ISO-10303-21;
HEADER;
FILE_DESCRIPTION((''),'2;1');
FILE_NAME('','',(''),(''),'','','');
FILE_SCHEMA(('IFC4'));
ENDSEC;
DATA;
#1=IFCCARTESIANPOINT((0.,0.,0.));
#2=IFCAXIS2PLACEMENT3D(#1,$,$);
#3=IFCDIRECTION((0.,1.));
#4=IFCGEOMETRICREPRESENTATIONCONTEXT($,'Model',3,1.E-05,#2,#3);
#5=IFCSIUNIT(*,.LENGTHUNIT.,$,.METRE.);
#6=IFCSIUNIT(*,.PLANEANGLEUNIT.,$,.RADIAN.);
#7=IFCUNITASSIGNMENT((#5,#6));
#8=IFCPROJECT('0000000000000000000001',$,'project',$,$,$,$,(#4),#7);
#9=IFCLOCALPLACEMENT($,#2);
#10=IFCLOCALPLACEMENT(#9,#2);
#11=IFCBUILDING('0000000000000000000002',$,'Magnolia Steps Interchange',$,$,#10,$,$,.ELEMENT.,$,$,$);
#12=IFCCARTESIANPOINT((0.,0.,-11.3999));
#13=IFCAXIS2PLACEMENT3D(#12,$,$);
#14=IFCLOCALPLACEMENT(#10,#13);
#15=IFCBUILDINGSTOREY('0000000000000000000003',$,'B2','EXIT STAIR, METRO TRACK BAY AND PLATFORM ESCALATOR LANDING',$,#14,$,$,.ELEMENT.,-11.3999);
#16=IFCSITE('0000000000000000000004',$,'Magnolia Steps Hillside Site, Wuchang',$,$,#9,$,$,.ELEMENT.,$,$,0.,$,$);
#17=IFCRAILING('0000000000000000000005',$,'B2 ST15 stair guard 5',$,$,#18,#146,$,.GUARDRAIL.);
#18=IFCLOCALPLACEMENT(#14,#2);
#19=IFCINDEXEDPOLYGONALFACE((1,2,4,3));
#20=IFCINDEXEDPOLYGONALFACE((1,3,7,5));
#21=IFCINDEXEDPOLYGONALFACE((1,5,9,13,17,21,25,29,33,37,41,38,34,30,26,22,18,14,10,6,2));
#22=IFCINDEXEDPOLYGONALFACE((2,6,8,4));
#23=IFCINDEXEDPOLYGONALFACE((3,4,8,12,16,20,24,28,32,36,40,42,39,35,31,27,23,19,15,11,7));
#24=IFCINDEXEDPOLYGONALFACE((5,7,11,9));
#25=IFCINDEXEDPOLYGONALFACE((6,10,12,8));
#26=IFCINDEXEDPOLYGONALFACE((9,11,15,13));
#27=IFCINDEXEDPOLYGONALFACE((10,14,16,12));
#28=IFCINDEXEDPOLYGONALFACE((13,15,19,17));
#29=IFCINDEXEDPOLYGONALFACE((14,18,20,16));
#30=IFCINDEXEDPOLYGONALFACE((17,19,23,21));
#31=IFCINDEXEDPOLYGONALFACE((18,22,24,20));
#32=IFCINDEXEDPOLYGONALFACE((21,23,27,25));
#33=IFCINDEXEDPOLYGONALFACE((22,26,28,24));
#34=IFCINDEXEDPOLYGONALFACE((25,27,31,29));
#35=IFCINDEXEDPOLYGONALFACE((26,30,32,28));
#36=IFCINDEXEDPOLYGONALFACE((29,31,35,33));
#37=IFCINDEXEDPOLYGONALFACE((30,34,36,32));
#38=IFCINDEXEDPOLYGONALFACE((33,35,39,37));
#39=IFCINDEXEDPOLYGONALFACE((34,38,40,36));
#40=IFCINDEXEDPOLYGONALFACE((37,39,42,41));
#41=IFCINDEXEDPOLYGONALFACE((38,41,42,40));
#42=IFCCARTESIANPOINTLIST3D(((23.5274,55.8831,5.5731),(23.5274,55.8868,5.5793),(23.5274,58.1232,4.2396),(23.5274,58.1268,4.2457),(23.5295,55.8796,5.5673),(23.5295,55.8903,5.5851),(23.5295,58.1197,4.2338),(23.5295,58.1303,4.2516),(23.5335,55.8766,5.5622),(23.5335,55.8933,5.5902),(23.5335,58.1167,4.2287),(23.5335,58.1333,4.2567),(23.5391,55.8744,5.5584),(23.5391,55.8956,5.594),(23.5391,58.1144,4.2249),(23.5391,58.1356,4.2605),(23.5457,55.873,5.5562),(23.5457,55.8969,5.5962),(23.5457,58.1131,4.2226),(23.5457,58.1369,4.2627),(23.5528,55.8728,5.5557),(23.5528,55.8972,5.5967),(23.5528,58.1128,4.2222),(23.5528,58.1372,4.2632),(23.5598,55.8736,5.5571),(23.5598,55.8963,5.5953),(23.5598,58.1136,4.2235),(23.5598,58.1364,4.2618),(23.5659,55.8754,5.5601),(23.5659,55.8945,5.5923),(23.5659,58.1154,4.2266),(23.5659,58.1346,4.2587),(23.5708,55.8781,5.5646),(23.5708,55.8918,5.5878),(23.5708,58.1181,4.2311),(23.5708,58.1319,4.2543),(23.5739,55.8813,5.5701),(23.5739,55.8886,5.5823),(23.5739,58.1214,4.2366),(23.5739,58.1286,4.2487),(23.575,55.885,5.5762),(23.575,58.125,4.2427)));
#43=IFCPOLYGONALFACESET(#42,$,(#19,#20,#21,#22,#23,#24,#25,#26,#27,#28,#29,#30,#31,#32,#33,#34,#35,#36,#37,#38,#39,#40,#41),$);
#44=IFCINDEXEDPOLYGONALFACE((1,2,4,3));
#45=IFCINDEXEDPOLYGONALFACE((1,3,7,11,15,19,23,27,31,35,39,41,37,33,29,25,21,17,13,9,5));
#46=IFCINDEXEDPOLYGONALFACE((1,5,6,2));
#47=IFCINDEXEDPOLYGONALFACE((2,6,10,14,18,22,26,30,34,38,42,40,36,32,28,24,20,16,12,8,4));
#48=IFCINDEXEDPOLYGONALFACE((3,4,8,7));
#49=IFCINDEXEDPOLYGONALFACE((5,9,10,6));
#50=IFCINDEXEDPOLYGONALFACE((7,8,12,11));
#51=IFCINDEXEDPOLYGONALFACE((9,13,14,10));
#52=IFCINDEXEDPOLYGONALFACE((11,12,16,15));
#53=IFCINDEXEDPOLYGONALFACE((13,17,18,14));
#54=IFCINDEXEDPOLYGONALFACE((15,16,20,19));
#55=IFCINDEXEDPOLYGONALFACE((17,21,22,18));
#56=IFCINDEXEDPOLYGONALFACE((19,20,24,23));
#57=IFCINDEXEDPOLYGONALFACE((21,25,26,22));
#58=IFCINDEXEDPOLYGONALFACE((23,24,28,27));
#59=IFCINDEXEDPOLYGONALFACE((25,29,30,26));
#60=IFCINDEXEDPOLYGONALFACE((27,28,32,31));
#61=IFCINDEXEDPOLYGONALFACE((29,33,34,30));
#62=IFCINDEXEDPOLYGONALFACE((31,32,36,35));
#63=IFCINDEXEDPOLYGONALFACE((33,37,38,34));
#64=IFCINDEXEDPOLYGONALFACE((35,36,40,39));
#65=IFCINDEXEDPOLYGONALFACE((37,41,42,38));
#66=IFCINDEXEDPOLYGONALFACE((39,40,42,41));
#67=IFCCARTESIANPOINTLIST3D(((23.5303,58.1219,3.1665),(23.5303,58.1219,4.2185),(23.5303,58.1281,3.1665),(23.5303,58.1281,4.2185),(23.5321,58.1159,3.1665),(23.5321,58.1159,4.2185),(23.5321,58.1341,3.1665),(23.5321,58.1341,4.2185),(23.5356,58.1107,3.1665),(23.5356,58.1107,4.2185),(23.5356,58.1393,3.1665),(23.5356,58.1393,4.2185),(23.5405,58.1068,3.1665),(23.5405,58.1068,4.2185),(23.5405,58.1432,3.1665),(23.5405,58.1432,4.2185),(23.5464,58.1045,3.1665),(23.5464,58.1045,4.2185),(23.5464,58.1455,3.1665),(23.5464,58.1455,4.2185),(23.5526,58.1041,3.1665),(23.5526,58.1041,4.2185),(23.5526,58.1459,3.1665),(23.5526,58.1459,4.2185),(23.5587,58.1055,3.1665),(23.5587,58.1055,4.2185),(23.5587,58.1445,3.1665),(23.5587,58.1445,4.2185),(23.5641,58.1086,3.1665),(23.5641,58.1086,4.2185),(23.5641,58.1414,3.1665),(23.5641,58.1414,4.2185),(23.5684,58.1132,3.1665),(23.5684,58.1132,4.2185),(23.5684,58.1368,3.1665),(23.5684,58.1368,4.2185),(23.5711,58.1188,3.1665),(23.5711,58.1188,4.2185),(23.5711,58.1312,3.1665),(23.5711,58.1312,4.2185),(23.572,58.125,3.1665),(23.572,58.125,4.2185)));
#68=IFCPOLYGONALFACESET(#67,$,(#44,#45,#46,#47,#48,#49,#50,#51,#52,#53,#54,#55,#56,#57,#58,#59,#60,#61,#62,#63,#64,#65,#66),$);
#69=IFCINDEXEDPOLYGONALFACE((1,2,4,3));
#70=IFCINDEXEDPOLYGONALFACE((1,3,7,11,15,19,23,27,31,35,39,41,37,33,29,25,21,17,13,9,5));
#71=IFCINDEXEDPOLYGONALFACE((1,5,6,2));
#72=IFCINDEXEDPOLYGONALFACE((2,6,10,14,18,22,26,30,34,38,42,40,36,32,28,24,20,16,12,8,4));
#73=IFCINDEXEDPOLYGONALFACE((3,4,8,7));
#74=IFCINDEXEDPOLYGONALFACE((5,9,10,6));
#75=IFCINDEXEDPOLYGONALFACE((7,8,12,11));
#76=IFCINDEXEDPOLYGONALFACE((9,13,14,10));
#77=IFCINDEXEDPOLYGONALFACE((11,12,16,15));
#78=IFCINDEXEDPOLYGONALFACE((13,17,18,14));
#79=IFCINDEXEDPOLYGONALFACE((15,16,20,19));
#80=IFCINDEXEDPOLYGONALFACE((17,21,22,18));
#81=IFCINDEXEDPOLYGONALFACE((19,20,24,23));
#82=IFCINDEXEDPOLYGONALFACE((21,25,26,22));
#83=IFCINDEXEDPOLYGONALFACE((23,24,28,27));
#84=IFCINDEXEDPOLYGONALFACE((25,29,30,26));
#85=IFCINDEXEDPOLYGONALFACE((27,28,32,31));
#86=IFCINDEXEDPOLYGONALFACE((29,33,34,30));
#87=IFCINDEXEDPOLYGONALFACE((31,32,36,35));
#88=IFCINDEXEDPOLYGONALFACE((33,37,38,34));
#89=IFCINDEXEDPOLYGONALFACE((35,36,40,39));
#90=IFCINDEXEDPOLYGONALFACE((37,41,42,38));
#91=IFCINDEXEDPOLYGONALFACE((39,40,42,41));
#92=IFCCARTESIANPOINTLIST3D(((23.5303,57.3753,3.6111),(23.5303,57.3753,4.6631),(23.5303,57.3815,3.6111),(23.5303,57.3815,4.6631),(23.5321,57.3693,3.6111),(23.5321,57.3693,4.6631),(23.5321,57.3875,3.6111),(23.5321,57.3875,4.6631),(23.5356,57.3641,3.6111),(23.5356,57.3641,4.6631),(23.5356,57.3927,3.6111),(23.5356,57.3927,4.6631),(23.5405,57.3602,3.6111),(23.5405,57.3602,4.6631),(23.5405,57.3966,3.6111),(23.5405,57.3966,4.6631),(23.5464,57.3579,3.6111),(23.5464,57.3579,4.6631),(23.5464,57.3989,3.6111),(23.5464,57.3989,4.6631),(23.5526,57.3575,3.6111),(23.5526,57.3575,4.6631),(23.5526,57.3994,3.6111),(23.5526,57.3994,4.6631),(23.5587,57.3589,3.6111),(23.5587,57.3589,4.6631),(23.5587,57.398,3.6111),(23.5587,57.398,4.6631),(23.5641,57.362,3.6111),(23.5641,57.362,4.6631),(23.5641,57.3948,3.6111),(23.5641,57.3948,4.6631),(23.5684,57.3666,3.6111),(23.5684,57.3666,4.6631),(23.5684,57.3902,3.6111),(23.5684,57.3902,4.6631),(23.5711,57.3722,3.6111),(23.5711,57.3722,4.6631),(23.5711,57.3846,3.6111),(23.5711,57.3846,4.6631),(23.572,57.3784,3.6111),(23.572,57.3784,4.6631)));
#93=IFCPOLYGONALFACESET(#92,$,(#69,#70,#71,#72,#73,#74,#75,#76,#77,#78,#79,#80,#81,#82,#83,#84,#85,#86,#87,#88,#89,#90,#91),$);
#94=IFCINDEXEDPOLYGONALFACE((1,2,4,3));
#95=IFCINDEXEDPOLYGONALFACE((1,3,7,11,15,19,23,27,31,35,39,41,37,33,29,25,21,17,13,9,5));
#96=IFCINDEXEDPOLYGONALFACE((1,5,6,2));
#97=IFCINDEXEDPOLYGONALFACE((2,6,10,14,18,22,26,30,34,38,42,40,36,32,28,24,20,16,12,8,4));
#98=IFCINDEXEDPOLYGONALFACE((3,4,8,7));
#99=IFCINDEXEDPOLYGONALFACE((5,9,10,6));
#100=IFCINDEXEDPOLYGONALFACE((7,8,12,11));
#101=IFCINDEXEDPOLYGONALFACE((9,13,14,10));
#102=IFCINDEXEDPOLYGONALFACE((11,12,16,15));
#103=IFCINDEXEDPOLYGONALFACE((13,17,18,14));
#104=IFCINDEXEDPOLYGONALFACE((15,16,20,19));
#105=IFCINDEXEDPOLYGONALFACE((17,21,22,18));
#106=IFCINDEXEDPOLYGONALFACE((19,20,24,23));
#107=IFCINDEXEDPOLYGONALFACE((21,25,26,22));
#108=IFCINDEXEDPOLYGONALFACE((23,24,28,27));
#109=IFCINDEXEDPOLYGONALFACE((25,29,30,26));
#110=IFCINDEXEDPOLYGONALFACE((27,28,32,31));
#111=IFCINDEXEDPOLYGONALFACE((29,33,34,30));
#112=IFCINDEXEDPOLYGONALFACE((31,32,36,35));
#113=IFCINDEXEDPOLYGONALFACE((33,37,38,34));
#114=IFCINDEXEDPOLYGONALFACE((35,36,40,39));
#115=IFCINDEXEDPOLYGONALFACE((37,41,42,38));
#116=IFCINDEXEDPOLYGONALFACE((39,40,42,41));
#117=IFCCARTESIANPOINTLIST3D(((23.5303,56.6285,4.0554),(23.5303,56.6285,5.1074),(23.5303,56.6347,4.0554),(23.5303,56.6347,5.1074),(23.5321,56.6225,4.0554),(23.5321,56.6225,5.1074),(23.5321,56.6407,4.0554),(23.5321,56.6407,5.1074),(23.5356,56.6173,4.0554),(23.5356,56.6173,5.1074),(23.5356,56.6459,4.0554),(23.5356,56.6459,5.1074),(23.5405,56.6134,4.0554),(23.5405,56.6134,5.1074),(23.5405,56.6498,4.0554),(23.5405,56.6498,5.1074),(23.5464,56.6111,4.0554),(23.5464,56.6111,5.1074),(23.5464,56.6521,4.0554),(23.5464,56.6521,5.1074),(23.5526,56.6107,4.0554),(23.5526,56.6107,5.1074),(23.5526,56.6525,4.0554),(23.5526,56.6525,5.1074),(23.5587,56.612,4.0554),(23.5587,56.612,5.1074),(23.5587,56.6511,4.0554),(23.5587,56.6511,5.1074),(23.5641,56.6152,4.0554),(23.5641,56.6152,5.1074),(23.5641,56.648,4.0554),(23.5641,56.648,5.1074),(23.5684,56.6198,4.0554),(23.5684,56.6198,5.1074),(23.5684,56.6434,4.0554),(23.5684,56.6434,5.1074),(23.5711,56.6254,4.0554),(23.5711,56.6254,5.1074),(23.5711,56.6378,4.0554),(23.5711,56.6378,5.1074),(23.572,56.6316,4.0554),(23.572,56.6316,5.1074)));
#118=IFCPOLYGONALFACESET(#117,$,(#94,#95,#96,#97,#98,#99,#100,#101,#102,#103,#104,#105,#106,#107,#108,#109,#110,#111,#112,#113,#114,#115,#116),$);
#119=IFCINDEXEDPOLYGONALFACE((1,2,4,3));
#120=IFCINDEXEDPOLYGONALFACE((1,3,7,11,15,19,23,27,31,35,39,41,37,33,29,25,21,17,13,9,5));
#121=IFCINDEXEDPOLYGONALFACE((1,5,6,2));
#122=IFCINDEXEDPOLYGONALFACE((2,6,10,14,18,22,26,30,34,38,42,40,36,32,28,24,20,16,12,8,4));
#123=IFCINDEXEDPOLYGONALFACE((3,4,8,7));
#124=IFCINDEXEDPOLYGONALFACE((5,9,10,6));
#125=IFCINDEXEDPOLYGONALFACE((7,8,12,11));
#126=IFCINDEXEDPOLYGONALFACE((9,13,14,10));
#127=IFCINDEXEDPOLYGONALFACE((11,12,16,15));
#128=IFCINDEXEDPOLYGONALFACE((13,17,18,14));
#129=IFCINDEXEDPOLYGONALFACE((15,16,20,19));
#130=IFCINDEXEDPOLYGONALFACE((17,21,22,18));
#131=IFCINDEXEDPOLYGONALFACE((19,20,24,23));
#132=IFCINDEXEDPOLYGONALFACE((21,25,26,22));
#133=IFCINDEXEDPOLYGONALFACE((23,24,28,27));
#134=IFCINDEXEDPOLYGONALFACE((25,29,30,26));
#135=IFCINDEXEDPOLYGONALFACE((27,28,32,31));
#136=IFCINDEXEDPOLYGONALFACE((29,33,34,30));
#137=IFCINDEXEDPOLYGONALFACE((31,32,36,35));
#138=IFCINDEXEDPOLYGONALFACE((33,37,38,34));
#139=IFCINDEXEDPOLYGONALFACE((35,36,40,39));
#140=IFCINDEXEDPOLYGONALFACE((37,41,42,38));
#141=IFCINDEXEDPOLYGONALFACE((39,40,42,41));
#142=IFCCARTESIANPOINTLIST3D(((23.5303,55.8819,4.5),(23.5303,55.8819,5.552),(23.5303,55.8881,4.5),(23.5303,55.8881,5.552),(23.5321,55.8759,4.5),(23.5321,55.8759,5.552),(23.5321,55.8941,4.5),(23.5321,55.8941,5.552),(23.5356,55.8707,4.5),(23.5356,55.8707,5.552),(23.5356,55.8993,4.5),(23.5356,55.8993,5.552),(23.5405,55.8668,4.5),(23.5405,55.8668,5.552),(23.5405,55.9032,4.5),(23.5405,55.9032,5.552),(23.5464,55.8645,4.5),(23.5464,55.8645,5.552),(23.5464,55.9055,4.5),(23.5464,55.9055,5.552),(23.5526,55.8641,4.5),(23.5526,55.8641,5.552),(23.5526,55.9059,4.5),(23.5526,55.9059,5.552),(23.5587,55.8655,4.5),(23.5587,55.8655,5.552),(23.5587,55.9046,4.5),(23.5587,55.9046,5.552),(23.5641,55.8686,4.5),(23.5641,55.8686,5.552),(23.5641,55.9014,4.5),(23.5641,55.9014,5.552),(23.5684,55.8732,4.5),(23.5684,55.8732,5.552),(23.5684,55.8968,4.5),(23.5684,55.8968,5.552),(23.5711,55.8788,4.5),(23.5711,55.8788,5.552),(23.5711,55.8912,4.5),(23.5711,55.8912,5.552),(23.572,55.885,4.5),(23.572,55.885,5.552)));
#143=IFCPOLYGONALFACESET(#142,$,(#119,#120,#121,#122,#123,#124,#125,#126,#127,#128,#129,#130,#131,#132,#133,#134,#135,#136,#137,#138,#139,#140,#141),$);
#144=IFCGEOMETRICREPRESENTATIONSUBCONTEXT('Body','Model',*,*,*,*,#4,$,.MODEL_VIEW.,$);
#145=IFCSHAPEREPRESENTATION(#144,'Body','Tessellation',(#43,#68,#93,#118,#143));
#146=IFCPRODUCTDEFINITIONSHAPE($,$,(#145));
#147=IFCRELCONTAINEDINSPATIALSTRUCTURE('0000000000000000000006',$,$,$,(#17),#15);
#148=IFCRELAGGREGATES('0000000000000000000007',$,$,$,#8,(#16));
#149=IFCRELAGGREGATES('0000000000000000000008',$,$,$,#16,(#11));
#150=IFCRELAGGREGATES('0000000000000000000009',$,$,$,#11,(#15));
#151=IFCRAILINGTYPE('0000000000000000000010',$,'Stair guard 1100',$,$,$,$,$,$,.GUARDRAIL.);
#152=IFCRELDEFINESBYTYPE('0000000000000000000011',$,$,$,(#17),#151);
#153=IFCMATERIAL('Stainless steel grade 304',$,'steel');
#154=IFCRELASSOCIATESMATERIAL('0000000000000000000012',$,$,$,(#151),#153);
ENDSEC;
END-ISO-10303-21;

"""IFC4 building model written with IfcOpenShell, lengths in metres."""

from ifc_helpers import new_model, si_unit, direction, frame, origin, origin_2d, place, context, subcontext, project, spatial, circle, extrude, material, type_object, element, save


model = new_model("IFC4")

# Units and contexts
model_context = context("Model", 3, precision=1e-05, world=origin(), true_north=direction((0.0, 1.0)))
body_context = subcontext(model_context, "Body", "Model", "MODEL_VIEW")
ifc_project = project(units=[si_unit("LENGTHUNIT", "METRE"), si_unit("PLANEANGLEUNIT", "RADIAN")], contexts=[model_context])

# Site, building, storey
site_placement = place(None, origin())
site = spatial("IfcSite", under=ifc_project, at=site_placement, Name="Magnolia Steps Hillside Site, Wuchang", CompositionType="ELEMENT", RefElevation=0.0)
building_placement = place(site_placement, origin())
building = spatial("IfcBuilding", under=site, at=building_placement, Name="Magnolia Steps Interchange", CompositionType="ELEMENT")
storey_placement = place(building_placement, frame((0.0, 0.0, -11.3999)))
storey = spatial("IfcBuildingStorey", under=building, at=storey_placement, Name="B2", Description="EXIT STAIR, METRO TRACK BAY AND PLATFORM ESCALATOR LANDING", CompositionType="ELEMENT", Elevation=-11.3999)

# Railing
ifc_material_1 = material(Name="Stainless steel grade 304", Category="steel")
railing_type_1 = type_object("IfcRailingType", Name="Stair guard 1100", PredefinedType="GUARDRAIL", material=ifc_material_1)
railing_1_placement = place(storey_placement, frame((23.551, 58.125, 3.1665)))
element("IfcRailing", 1, at=railing_1_placement, inside=storey, type_object=railing_type_1, Name="B2 ST15 stair guard 5", PredefinedType="GUARDRAIL", context=body_context, shape_type="SweptSolid", body=[
    extrude(circle(Radius=0.0239, at=origin_2d()), frame((0.0, 0.0, 1.0762), z_axis=(0.0, -0.859264, 0.511532), x_axis=(1.0, 0.0, 0.0)), (0.0, 0.0, 1.0), 2.6069),
    extrude(circle(Radius=0.021, at=origin_2d()), origin(), (0.0, 0.0, 1.0), 1.052),
    extrude(circle(Radius=0.021, at=origin_2d()), frame((0.0, -0.7466, 0.4446)), (0.0, 0.0, 1.0), 1.052),
    extrude(circle(Radius=0.021, at=origin_2d()), frame((0.0, -1.4934, 0.8889)), (0.0, 0.0, 1.0), 1.052),
    extrude(circle(Radius=0.021, at=origin_2d()), frame((0.0, -2.24, 1.3335)), (0.0, 0.0, 1.0), 1.052),
])

save(model, "model.ifc")
